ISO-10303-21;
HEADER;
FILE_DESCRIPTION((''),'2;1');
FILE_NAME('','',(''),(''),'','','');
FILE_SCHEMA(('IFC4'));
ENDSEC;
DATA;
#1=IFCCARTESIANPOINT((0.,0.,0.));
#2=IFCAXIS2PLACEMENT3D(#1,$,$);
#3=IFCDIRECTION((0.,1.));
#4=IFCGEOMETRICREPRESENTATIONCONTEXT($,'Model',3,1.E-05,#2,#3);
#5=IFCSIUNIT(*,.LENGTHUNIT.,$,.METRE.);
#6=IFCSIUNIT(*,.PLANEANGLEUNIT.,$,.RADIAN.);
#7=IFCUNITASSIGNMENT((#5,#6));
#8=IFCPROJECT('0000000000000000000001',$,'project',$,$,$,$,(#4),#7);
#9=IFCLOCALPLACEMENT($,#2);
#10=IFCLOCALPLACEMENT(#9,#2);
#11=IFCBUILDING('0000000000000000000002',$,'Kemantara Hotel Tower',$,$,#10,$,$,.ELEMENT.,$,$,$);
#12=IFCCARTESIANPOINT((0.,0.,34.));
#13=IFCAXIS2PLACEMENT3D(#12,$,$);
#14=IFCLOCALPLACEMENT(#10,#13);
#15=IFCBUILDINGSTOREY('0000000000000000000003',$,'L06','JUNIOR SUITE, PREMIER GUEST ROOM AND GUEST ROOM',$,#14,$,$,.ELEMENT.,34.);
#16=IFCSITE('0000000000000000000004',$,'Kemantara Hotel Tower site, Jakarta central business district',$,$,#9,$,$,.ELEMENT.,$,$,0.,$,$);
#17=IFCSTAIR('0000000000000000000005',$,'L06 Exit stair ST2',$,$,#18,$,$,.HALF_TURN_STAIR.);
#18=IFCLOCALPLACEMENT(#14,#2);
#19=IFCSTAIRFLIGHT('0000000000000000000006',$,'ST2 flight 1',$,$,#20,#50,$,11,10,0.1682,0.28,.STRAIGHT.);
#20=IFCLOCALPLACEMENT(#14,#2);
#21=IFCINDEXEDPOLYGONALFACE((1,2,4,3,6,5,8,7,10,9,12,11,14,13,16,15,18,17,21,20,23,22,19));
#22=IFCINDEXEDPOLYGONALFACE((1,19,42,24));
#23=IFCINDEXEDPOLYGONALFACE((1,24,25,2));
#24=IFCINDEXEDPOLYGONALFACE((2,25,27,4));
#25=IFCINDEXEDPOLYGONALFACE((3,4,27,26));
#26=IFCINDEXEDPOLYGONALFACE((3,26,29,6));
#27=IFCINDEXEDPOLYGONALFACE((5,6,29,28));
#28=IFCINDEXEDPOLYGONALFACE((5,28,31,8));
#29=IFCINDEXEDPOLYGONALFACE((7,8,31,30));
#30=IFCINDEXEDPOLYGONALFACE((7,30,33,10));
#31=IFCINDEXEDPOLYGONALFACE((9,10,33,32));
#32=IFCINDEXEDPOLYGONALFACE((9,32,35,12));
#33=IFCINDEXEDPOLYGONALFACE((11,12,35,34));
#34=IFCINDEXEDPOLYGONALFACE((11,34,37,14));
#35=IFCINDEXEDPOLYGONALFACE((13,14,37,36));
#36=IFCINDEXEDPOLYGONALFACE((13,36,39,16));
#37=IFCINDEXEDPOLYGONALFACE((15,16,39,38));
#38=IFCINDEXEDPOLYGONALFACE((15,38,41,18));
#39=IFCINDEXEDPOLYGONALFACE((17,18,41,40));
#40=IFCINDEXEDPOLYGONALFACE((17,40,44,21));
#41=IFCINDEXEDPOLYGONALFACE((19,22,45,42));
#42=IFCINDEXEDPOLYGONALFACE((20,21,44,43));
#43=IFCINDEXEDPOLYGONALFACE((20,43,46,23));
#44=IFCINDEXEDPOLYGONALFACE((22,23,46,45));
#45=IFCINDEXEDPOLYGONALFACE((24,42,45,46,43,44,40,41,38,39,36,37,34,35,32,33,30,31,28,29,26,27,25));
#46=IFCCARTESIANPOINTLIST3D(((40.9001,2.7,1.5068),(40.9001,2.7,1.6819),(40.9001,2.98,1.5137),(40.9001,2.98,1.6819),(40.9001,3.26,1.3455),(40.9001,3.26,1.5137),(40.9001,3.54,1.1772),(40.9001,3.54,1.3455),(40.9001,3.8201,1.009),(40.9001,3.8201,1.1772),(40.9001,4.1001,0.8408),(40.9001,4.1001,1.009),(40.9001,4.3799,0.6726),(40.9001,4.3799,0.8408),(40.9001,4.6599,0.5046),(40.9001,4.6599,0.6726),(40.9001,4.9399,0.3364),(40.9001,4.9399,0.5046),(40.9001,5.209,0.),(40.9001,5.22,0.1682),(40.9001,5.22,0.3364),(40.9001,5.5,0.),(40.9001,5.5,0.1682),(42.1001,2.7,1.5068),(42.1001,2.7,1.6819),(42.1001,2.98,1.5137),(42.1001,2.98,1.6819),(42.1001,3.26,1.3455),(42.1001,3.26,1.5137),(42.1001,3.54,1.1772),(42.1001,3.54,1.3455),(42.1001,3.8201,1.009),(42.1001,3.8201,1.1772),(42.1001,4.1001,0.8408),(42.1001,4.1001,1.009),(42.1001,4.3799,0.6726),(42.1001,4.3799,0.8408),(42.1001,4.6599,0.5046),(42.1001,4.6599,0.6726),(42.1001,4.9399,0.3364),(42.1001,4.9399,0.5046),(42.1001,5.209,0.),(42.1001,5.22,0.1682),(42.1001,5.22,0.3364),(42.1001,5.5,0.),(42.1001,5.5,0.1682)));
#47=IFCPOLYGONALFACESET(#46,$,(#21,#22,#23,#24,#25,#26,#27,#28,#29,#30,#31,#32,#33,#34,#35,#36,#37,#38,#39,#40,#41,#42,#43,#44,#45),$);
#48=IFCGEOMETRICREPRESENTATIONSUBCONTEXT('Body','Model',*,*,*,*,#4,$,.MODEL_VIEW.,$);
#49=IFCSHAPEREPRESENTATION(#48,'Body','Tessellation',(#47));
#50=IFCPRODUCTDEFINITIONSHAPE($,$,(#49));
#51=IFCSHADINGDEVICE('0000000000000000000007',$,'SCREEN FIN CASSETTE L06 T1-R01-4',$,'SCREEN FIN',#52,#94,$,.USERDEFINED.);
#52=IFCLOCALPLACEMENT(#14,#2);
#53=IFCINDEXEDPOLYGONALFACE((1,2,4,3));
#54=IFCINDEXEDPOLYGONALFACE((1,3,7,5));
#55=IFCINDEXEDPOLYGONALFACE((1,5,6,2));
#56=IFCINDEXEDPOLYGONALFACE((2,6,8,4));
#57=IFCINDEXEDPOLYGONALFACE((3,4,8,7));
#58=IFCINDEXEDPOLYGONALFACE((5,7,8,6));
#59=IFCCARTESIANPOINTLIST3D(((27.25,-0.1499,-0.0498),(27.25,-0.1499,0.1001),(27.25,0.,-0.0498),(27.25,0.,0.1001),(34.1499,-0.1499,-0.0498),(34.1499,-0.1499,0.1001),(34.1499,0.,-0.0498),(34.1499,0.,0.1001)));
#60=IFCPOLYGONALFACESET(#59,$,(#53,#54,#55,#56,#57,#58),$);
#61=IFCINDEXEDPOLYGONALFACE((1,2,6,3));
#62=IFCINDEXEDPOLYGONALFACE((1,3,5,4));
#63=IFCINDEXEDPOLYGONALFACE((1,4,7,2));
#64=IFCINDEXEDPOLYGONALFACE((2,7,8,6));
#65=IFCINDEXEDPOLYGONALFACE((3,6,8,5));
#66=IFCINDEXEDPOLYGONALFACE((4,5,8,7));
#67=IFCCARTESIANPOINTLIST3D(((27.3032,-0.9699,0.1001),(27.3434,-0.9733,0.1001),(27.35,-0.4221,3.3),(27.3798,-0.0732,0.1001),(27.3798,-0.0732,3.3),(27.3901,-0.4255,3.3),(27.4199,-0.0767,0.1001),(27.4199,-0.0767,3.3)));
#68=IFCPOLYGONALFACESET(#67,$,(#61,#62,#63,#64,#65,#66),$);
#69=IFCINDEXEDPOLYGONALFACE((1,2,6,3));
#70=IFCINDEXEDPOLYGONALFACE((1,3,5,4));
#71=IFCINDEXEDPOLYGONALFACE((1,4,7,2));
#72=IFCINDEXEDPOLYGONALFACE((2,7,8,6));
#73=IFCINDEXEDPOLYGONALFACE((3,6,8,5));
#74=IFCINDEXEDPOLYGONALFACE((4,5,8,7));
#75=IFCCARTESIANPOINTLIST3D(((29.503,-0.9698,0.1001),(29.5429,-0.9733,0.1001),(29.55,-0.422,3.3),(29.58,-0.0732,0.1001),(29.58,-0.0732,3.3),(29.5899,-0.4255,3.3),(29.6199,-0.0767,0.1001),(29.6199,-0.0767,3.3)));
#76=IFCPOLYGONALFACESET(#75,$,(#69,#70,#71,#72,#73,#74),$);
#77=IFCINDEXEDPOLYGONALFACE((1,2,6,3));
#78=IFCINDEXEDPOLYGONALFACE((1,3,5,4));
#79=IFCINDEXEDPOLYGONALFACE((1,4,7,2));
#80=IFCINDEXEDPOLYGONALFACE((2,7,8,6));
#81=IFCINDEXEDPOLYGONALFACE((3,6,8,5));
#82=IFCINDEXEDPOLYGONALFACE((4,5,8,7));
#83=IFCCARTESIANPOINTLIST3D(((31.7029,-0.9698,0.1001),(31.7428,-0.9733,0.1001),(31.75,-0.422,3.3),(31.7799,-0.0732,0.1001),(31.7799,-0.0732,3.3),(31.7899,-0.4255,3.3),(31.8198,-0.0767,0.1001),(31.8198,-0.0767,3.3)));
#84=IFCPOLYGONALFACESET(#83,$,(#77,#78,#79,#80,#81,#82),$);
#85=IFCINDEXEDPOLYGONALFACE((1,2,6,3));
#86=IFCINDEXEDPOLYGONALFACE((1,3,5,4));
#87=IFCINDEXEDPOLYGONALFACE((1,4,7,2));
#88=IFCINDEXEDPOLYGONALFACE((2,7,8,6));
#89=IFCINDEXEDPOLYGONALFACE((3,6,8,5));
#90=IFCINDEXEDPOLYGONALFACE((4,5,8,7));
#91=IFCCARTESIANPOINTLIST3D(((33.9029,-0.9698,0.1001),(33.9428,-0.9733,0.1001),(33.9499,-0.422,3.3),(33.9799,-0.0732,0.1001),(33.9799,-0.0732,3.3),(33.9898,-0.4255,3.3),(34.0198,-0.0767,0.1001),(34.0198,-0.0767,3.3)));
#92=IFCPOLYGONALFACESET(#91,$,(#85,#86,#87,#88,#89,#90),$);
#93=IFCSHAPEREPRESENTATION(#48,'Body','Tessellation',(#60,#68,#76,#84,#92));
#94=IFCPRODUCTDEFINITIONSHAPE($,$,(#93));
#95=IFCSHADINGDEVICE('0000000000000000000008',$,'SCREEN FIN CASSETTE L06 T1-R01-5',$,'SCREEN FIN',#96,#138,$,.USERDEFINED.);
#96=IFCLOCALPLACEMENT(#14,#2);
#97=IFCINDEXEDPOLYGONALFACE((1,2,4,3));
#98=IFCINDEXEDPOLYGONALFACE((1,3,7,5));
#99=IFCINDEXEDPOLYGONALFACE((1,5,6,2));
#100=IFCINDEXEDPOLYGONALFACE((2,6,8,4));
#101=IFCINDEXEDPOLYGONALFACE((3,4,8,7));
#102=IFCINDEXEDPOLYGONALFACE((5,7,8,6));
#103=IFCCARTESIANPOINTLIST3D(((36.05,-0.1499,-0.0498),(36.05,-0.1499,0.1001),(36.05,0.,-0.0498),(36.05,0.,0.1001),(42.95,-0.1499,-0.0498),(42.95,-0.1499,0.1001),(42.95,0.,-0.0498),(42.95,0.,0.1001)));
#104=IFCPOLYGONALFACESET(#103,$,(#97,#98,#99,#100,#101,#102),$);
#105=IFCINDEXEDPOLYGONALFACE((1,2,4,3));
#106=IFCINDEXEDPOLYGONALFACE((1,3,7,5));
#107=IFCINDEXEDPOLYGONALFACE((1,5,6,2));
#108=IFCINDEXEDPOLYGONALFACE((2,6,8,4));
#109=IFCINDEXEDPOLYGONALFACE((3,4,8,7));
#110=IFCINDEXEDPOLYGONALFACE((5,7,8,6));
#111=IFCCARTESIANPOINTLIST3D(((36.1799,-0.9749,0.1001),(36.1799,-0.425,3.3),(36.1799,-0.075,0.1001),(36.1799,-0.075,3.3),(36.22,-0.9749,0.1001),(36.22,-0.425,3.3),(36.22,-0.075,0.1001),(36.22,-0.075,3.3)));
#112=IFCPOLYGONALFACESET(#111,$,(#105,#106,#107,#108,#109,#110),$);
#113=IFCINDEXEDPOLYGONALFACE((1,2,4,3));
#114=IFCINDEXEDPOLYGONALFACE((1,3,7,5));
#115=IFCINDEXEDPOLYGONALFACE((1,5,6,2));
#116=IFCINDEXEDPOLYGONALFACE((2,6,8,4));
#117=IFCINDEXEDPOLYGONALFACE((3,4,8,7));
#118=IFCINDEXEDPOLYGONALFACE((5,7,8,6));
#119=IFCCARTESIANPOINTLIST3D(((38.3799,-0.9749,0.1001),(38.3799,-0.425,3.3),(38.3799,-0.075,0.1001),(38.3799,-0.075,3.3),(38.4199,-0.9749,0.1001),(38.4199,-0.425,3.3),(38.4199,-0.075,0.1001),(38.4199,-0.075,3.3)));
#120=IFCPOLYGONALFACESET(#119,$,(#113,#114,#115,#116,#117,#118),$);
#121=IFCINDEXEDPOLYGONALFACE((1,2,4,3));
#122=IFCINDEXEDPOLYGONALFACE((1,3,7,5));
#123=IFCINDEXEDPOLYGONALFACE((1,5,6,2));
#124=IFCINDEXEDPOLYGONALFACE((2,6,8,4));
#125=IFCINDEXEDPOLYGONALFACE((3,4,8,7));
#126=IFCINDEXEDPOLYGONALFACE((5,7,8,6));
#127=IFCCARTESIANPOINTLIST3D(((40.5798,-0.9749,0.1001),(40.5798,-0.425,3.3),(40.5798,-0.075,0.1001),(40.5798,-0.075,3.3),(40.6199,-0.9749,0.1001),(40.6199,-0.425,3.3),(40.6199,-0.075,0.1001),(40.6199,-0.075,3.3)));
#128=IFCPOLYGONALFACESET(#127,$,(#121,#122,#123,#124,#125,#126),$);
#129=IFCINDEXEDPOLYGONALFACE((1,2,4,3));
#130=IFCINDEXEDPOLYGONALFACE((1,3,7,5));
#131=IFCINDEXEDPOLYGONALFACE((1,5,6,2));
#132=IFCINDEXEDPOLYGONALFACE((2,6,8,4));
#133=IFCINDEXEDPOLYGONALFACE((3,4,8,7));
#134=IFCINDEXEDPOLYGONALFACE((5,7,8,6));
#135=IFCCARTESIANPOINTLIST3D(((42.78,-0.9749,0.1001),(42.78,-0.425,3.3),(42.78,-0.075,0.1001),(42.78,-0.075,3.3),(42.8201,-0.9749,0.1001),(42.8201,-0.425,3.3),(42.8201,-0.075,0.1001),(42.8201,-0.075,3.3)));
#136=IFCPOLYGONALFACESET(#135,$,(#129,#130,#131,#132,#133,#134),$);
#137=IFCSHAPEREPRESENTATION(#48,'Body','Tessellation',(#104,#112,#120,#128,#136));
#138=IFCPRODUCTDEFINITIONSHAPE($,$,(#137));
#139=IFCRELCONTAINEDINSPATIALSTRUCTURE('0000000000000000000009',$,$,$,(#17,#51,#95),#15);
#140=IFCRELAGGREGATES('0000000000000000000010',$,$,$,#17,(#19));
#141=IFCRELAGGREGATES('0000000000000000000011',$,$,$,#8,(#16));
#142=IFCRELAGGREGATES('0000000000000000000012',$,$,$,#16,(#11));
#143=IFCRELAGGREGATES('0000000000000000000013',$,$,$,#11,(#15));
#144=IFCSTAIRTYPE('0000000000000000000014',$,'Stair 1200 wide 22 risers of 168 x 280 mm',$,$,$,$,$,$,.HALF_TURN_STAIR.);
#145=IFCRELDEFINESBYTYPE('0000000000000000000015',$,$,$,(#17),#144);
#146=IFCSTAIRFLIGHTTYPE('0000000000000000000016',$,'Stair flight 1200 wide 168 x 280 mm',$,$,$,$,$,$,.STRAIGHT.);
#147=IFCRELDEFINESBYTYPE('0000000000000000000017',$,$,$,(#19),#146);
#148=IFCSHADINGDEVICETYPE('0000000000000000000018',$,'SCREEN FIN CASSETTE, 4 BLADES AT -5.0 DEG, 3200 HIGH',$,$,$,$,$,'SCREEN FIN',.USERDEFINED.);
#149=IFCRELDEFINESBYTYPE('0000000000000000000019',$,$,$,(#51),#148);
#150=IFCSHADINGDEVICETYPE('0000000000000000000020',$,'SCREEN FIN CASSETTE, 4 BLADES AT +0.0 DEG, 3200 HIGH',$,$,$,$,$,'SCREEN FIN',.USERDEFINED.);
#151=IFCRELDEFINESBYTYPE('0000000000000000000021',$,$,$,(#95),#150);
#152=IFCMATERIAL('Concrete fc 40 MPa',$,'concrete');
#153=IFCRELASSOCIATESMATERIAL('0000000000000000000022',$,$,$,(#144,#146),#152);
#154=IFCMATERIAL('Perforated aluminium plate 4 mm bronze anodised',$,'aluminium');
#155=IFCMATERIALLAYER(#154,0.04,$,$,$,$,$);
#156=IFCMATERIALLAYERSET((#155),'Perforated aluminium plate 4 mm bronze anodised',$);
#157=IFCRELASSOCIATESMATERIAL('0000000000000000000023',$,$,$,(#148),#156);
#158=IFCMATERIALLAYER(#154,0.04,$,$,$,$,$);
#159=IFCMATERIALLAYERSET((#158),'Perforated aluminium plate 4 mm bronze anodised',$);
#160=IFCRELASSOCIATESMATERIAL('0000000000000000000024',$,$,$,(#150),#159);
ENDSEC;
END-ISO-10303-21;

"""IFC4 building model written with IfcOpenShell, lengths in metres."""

from ifc_helpers import new_model, si_unit, direction, frame, origin, origin_2d, place, context, subcontext, project, spatial, polyline, rectangle, outline, extrude, source, transform, mapped, material, layer, layer_set, type_object, element, aggregate, save


model = new_model("IFC4")

# Units and contexts
model_context = context("Model", 3, precision=1e-05, world=origin(), true_north=direction((0.0, 1.0)))
body_context = subcontext(model_context, "Body", "Model", "MODEL_VIEW")
ifc_project = project(units=[si_unit("LENGTHUNIT", "METRE"), si_unit("PLANEANGLEUNIT", "RADIAN")], contexts=[model_context])

# Site, building, storey
site_placement = place(None, origin())
site = spatial("IfcSite", under=ifc_project, at=site_placement, Name="Kemantara Hotel Tower site, Jakarta central business district", CompositionType="ELEMENT", RefElevation=0.0)
building_placement = place(site_placement, origin())
building = spatial("IfcBuilding", under=site, at=building_placement, Name="Kemantara Hotel Tower", CompositionType="ELEMENT")
storey_placement = place(building_placement, frame((0.0, 0.0, 34.0)))
storey = spatial("IfcBuildingStorey", under=building, at=storey_placement, Name="L06", Description="JUNIOR SUITE, PREMIER GUEST ROOM AND GUEST ROOM", CompositionType="ELEMENT", Elevation=34.0)

# Stair, stair flight
ifc_material_1 = material(Name="Concrete fc 40 MPa", Category="concrete")
stair_type = type_object("IfcStairType", Name="Stair 1200 wide 22 risers of 168 x 280 mm", PredefinedType="HALF_TURN_STAIR", material=ifc_material_1)
stair_placement = place(storey_placement, origin())
stair = element("IfcStair", 1, at=stair_placement, inside=storey, type_object=stair_type, Name="L06 Exit stair ST2", PredefinedType="HALF_TURN_STAIR")
stair_flight_type = type_object("IfcStairFlightType", Name="Stair flight 1200 wide 168 x 280 mm", PredefinedType="STRAIGHT", material=ifc_material_1)
stair_flight_placement = place(storey_placement, frame((41.5, 5.5, 0.0), z_axis=(0.0, 0.0, 1.0), x_axis=(0.0, -1.0, 0.0)))
stair_flight = element("IfcStairFlight", 2, at=stair_flight_placement, type_object=stair_flight_type, Name="ST2 flight 1", NumberOfRisers=11, NumberOfTreads=10, PredefinedType="STRAIGHT", RiserHeight=0.1682, TreadLength=0.28, context=body_context, shape_type="SweptSolid", body=[
    extrude(outline(polyline([(0.0, 0.0), (0.0, 0.1682), (0.28, 0.1682), (0.28, 0.3364), (0.5601, 0.3364), (0.5601, 0.5046), (0.8401, 0.5046), (0.8401, 0.6726), (1.1201, 0.6726), (1.1201, 0.8408), (1.3999, 0.8408), (1.3999, 1.009), (1.6799, 1.009), (1.6799, 1.1772), (1.96, 1.1772), (1.96, 1.3455), (2.24, 1.3455), (2.24, 1.5137), (2.52, 1.5137), (2.52, 1.6819), (2.8, 1.6819), (2.8, 1.8501), (2.8, 1.5068), (0.291, 0.0), (0.0, 0.0)])), frame((0.0, 0.6001, 0.0), z_axis=(0.0, -1.0, 0.0), x_axis=(1.0, 0.0, 0.0)), (0.0, 0.0, 1.0), 1.2),
])
aggregate(stair, [stair_flight])

# Shading devices
ifc_material_2 = material(Name="Perforated aluminium plate 4 mm bronze anodised", Category="aluminium")
ifc_layer_1 = layer(ifc_material_2, 0.04)
ifc_layer_set_1 = layer_set([ifc_layer_1], Name="Perforated aluminium plate 4 mm bronze anodised")
shading_device_type_1 = type_object("IfcShadingDeviceType", Name="SCREEN FIN CASSETTE, 4 BLADES AT -5.0 DEG, 3200 HIGH", ElementType="SCREEN FIN", PredefinedType="USERDEFINED", material=ifc_layer_set_1)
shared_shape_1 = source(origin(), body_context, "Body", "SweptSolid", [
    extrude(rectangle(XDim=6.8999, YDim=0.1499, at=origin_2d()), frame((3.3, -0.075, -0.1499), z_axis=(0.0, 0.0, 1.0), x_axis=(1.0, 0.0, 0.0)), (0.0, 0.0, 1.0), 0.1499),
    extrude(outline(polyline([(0.0, 0.0), (0.8999, 0.0), (0.3501, 3.2), (0.0, 3.2), (0.0, 0.0)])), frame((0.02, -0.0767, 0.0), z_axis=(-0.996376, 0.085056, 0.0), x_axis=(-0.085056, -0.996376, 0.0)), (0.0, 0.0, 1.0), 0.0403),
    extrude(outline(polyline([(0.0, 0.0), (0.8999, 0.0), (0.3501, 3.2), (0.0, 3.2), (0.0, 0.0)])), frame((2.22, -0.0767, 0.0), z_axis=(-0.996332, 0.085575, 0.0), x_axis=(-0.085575, -0.996332, 0.0)), (0.0, 0.0, 1.0), 0.04),
    extrude(outline(polyline([(0.0, 0.0), (0.8999, 0.0), (0.3501, 3.2), (0.0, 3.2), (0.0, 0.0)])), frame((4.4199, -0.0767, 0.0), z_axis=(-0.996332, 0.085575, 0.0), x_axis=(-0.085575, -0.996332, 0.0)), (0.0, 0.0, 1.0), 0.04),
    extrude(outline(polyline([(0.0, 0.0), (0.8999, 0.0), (0.3501, 3.2), (0.0, 3.2), (0.0, 0.0)])), frame((6.6199, -0.0767, 0.0), z_axis=(-0.996332, 0.085575, 0.0), x_axis=(-0.085575, -0.996332, 0.0)), (0.0, 0.0, 1.0), 0.04),
])
shading_device_1_placement = place(storey_placement, frame((27.3999, 0.0, 0.1001), z_axis=(0.0, 0.0, 1.0), x_axis=(1.0, 0.0, 0.0)))
element("IfcShadingDevice", 3, at=shading_device_1_placement, inside=storey, type_object=shading_device_type_1, Name="SCREEN FIN CASSETTE L06 T1-R01-4", ObjectType="SCREEN FIN", PredefinedType="USERDEFINED", context=body_context, shape_type="MappedRepresentation", body=[
    mapped(shared_shape_1, transform((0.0, 0.0, 0.0))),
])
ifc_layer_2 = layer(ifc_material_2, 0.04)
ifc_layer_set_2 = layer_set([ifc_layer_2], Name="Perforated aluminium plate 4 mm bronze anodised")
shading_device_type_2 = type_object("IfcShadingDeviceType", Name="SCREEN FIN CASSETTE, 4 BLADES AT +0.0 DEG, 3200 HIGH", ElementType="SCREEN FIN", PredefinedType="USERDEFINED", material=ifc_layer_set_2)
shared_shape_2 = source(origin(), body_context, "Body", "SweptSolid", [
    extrude(rectangle(XDim=6.8999, YDim=0.1499, at=origin_2d()), frame((3.3, -0.075, -0.1499), z_axis=(0.0, 0.0, 1.0), x_axis=(1.0, 0.0, 0.0)), (0.0, 0.0, 1.0), 0.1499),
    extrude(outline(polyline([(0.0, 0.0), (0.8999, 0.0), (0.3501, 3.2), (0.0, 3.2), (0.0, 0.0)])), frame((0.02, -0.075, 0.0), z_axis=(-1.0, 0.0, 0.0), x_axis=(0.0, -1.0, 0.0)), (0.0, 0.0, 1.0), 0.04),
    extrude(outline(polyline([(0.0, 0.0), (0.8999, 0.0), (0.3501, 3.2), (0.0, 3.2), (0.0, 0.0)])), frame((2.22, -0.075, 0.0), z_axis=(-1.0, 0.0, 0.0), x_axis=(0.0, -1.0, 0.0)), (0.0, 0.0, 1.0), 0.04),
    extrude(outline(polyline([(0.0, 0.0), (0.8999, 0.0), (0.3501, 3.2), (0.0, 3.2), (0.0, 0.0)])), frame((4.4199, -0.075, 0.0), z_axis=(-1.0, 0.0, 0.0), x_axis=(0.0, -1.0, 0.0)), (0.0, 0.0, 1.0), 0.04),
    extrude(outline(polyline([(0.0, 0.0), (0.8999, 0.0), (0.3501, 3.2), (0.0, 3.2), (0.0, 0.0)])), frame((6.6201, -0.075, 0.0), z_axis=(-1.0, 0.0, 0.0), x_axis=(0.0, -1.0, 0.0)), (0.0, 0.0, 1.0), 0.04),
])
shading_device_2_placement = place(storey_placement, frame((36.2, 0.0, 0.1001), z_axis=(0.0, 0.0, 1.0), x_axis=(1.0, 0.0, 0.0)))
element("IfcShadingDevice", 4, at=shading_device_2_placement, inside=storey, type_object=shading_device_type_2, Name="SCREEN FIN CASSETTE L06 T1-R01-5", ObjectType="SCREEN FIN", PredefinedType="USERDEFINED", context=body_context, shape_type="MappedRepresentation", body=[
    mapped(shared_shape_2, transform((0.0, 0.0, 0.0))),
])

save(model, "model.ifc")
